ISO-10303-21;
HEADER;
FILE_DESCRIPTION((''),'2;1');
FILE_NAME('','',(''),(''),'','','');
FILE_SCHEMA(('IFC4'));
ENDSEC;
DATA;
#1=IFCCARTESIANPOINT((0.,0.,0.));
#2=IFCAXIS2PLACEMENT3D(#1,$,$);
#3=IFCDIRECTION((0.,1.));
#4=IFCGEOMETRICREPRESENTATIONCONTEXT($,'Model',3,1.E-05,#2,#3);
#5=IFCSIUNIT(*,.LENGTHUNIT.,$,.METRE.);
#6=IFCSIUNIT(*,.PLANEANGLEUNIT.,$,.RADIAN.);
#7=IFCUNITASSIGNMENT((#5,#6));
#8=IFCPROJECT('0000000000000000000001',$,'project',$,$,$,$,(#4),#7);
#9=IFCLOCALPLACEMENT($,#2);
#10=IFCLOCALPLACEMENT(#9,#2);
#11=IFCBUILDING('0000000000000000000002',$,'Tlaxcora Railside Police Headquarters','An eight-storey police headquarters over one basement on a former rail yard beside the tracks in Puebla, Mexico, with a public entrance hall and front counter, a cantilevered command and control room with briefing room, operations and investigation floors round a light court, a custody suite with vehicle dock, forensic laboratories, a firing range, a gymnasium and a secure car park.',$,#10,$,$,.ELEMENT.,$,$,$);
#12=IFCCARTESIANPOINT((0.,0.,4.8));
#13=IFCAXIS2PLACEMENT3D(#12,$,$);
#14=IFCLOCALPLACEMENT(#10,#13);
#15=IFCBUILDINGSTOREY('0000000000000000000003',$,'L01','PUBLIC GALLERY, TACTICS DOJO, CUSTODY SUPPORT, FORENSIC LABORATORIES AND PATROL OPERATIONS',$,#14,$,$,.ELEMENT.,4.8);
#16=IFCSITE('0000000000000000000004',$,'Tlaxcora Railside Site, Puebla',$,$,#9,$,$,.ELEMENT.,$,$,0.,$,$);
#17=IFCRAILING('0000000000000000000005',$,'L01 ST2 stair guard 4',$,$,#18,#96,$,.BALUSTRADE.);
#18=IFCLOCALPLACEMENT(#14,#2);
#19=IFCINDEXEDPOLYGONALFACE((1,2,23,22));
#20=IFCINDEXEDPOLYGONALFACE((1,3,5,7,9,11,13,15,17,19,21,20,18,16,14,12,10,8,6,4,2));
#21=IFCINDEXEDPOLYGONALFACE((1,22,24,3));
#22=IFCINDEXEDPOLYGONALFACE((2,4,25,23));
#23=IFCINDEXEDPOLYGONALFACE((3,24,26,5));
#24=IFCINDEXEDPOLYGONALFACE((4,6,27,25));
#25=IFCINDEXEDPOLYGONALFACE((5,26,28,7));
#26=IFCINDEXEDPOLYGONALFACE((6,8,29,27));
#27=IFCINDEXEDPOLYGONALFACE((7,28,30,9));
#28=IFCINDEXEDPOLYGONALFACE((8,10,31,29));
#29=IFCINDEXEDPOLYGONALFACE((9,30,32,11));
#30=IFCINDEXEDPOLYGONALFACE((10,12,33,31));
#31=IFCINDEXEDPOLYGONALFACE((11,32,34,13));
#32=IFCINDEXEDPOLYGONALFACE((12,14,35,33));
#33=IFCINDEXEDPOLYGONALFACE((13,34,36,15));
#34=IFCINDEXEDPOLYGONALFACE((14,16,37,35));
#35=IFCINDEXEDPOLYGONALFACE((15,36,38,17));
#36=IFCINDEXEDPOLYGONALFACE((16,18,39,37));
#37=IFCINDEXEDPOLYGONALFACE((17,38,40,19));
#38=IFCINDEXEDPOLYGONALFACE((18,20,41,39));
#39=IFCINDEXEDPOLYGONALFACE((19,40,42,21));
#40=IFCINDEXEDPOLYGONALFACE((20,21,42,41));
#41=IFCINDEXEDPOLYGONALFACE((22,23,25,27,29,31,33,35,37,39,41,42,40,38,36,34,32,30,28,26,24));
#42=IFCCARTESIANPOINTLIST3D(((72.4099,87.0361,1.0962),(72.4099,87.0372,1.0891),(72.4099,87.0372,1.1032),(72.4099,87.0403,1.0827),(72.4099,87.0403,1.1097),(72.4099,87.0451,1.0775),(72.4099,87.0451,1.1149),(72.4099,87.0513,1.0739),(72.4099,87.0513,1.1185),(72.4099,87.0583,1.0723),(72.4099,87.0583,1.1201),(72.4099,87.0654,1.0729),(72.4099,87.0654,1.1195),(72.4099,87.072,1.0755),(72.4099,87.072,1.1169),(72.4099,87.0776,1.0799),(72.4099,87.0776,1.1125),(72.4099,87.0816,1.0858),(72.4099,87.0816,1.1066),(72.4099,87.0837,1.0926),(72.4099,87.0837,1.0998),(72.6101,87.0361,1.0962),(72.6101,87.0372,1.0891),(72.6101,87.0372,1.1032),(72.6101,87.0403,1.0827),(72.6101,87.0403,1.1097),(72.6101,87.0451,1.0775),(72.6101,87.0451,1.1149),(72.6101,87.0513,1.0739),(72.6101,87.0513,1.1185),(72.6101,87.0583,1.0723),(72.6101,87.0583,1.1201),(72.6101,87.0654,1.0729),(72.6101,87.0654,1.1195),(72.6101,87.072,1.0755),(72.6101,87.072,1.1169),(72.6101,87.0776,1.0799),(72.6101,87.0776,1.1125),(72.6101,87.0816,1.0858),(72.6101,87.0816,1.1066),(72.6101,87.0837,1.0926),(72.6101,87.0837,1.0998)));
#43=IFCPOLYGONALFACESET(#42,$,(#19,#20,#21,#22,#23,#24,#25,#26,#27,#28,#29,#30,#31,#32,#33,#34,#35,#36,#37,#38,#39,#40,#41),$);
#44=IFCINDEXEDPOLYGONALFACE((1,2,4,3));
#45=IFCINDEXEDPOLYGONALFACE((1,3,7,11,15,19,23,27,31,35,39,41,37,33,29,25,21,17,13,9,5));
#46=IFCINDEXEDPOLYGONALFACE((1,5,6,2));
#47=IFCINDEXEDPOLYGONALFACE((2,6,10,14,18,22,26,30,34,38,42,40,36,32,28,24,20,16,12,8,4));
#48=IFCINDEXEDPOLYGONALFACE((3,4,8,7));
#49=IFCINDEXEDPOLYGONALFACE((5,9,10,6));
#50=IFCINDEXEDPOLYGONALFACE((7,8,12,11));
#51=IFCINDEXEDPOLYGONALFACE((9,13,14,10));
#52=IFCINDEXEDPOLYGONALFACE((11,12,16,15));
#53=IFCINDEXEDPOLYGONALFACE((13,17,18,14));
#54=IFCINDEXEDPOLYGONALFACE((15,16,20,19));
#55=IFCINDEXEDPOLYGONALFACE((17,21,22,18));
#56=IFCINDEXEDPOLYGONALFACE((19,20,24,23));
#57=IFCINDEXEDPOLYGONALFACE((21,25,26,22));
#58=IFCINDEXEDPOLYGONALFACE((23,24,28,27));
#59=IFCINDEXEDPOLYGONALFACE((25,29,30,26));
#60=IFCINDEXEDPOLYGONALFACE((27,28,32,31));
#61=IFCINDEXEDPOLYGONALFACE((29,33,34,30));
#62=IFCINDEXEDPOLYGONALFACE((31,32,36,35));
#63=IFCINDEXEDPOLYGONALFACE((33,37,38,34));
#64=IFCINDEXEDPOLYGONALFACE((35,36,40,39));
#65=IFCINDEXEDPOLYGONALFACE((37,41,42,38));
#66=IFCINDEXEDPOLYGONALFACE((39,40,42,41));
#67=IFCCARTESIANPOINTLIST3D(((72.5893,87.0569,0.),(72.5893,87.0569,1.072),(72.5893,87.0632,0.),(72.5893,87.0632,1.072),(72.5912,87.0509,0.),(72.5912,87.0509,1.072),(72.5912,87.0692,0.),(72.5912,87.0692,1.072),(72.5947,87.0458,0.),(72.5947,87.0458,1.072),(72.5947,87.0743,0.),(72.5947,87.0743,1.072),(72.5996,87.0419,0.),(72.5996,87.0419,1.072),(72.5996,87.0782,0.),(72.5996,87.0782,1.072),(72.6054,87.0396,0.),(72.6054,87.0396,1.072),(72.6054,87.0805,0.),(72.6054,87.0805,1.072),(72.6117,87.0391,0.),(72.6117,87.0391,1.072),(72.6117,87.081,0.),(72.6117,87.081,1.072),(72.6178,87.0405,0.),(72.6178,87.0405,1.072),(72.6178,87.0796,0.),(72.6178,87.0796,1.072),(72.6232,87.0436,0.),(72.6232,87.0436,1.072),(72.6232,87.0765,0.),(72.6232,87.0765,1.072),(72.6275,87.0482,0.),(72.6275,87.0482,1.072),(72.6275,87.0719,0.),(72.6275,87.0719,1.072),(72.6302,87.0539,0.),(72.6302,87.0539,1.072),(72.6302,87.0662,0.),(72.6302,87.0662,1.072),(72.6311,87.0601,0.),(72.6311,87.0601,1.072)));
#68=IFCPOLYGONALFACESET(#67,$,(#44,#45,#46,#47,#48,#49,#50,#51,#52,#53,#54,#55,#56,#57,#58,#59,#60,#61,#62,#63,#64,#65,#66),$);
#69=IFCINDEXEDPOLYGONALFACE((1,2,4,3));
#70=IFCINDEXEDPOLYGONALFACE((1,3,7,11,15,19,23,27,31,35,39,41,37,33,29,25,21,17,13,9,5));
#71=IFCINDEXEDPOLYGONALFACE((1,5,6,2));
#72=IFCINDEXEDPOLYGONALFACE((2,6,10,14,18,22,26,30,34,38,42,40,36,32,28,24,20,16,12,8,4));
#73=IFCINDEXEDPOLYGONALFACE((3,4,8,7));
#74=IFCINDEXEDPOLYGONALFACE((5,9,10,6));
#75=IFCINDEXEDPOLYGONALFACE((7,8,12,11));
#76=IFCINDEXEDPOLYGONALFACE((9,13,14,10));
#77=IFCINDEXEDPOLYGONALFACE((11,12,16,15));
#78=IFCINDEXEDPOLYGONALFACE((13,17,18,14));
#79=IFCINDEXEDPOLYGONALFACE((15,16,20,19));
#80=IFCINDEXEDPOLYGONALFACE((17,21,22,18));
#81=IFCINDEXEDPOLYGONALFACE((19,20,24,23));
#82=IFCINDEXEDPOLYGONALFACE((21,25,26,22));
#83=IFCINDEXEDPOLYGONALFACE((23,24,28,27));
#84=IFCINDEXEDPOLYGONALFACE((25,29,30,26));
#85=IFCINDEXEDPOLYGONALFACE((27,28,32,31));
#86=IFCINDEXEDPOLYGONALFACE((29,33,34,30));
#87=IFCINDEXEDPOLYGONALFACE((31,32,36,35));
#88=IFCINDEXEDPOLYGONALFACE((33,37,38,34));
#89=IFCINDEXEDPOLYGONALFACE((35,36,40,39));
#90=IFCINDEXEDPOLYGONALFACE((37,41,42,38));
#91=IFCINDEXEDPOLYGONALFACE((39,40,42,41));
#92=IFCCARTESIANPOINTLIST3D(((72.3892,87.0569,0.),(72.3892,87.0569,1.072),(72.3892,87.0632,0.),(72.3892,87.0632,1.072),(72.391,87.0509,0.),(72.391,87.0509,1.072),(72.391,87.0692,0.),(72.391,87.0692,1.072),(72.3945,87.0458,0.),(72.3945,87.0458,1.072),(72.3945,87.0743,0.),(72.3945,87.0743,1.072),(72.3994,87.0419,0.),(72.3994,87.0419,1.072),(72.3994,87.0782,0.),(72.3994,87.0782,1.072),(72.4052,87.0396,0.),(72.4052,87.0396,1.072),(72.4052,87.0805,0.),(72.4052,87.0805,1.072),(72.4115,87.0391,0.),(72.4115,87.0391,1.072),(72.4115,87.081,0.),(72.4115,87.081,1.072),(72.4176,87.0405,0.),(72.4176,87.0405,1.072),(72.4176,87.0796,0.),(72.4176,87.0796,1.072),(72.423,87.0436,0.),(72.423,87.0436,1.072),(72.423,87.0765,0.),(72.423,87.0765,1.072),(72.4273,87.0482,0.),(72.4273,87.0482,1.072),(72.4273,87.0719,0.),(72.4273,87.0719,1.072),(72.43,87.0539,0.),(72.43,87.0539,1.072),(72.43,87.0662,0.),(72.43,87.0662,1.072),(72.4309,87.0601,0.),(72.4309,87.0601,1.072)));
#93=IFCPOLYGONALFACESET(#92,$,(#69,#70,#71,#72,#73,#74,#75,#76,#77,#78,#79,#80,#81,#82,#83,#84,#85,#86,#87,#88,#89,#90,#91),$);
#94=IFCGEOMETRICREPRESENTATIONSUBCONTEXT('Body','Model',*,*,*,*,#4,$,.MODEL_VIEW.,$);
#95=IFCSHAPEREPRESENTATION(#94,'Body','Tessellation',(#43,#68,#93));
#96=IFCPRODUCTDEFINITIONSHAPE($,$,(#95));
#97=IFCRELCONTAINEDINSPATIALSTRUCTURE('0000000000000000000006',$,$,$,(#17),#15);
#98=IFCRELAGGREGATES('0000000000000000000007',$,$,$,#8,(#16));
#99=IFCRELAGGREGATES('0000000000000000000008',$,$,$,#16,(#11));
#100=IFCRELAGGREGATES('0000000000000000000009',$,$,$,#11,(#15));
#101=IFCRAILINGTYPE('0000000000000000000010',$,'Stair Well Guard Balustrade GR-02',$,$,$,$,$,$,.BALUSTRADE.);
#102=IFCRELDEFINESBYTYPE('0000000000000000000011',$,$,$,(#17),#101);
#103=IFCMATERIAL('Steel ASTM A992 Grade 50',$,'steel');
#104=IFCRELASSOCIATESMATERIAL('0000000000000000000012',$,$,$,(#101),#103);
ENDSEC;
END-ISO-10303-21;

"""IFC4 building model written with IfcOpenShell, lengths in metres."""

from ifc_helpers import new_model, si_unit, direction, frame, origin, origin_2d, place, context, subcontext, project, spatial, circle, extrude, material, type_object, element, save


model = new_model("IFC4")

# Units and contexts
model_context = context("Model", 3, precision=1e-05, world=origin(), true_north=direction((0.0, 1.0)))
body_context = subcontext(model_context, "Body", "Model", "MODEL_VIEW")
ifc_project = project(units=[si_unit("LENGTHUNIT", "METRE"), si_unit("PLANEANGLEUNIT", "RADIAN")], contexts=[model_context])

# Site, building, storey
site_placement = place(None, origin())
site = spatial("IfcSite", under=ifc_project, at=site_placement, Name="Tlaxcora Railside Site, Puebla", CompositionType="ELEMENT", RefElevation=0.0)
building_placement = place(site_placement, origin())
building = spatial("IfcBuilding", under=site, at=building_placement, Name="Tlaxcora Railside Police Headquarters", Description="An eight-storey police headquarters over one basement on a former rail yard beside the tracks in Puebla, Mexico, with a public entrance hall and front counter, a cantilevered command and control room with briefing room, operations and investigation floors round a light court, a custody suite with vehicle dock, forensic laboratories, a firing range, a gymnasium and a secure car park.", CompositionType="ELEMENT")
storey_placement = place(building_placement, frame((0.0, 0.0, 4.8)))
storey = spatial("IfcBuildingStorey", under=building, at=storey_placement, Name="L01", Description="PUBLIC GALLERY, TACTICS DOJO, CUSTODY SUPPORT, FORENSIC LABORATORIES AND PATROL OPERATIONS", CompositionType="ELEMENT", Elevation=4.8)

# Shared definitions
ifc_material_1 = material(Name="Steel ASTM A992 Grade 50", Category="steel")

# Railing
railing_type_1 = type_object("IfcRailingType", Name="Stair Well Guard Balustrade GR-02", PredefinedType="BALUSTRADE", material=ifc_material_1)
railing_1_placement = place(storey_placement, frame((72.6101, 87.0601, 0.0)))
element("IfcRailing", 1, at=railing_1_placement, inside=storey, type_object=railing_type_1, Name="L01 ST2 stair guard 4", PredefinedType="BALUSTRADE", context=body_context, shape_type="SweptSolid", body=[
    extrude(circle(Radius=0.0239, at=origin_2d()), frame((0.0, 0.0, 1.0962), z_axis=(-1.0, 0.0, 0.0), x_axis=(0.0, -1.0, 0.0)), (0.0, 0.0, 1.0), 0.2002),
    extrude(circle(Radius=0.021, at=origin_2d()), origin(), (0.0, 0.0, 1.0), 1.072),
    extrude(circle(Radius=0.021, at=origin_2d()), frame((-0.2002, 0.0, 0.0)), (0.0, 0.0, 1.0), 1.072),
])

save(model, "model.ifc")
